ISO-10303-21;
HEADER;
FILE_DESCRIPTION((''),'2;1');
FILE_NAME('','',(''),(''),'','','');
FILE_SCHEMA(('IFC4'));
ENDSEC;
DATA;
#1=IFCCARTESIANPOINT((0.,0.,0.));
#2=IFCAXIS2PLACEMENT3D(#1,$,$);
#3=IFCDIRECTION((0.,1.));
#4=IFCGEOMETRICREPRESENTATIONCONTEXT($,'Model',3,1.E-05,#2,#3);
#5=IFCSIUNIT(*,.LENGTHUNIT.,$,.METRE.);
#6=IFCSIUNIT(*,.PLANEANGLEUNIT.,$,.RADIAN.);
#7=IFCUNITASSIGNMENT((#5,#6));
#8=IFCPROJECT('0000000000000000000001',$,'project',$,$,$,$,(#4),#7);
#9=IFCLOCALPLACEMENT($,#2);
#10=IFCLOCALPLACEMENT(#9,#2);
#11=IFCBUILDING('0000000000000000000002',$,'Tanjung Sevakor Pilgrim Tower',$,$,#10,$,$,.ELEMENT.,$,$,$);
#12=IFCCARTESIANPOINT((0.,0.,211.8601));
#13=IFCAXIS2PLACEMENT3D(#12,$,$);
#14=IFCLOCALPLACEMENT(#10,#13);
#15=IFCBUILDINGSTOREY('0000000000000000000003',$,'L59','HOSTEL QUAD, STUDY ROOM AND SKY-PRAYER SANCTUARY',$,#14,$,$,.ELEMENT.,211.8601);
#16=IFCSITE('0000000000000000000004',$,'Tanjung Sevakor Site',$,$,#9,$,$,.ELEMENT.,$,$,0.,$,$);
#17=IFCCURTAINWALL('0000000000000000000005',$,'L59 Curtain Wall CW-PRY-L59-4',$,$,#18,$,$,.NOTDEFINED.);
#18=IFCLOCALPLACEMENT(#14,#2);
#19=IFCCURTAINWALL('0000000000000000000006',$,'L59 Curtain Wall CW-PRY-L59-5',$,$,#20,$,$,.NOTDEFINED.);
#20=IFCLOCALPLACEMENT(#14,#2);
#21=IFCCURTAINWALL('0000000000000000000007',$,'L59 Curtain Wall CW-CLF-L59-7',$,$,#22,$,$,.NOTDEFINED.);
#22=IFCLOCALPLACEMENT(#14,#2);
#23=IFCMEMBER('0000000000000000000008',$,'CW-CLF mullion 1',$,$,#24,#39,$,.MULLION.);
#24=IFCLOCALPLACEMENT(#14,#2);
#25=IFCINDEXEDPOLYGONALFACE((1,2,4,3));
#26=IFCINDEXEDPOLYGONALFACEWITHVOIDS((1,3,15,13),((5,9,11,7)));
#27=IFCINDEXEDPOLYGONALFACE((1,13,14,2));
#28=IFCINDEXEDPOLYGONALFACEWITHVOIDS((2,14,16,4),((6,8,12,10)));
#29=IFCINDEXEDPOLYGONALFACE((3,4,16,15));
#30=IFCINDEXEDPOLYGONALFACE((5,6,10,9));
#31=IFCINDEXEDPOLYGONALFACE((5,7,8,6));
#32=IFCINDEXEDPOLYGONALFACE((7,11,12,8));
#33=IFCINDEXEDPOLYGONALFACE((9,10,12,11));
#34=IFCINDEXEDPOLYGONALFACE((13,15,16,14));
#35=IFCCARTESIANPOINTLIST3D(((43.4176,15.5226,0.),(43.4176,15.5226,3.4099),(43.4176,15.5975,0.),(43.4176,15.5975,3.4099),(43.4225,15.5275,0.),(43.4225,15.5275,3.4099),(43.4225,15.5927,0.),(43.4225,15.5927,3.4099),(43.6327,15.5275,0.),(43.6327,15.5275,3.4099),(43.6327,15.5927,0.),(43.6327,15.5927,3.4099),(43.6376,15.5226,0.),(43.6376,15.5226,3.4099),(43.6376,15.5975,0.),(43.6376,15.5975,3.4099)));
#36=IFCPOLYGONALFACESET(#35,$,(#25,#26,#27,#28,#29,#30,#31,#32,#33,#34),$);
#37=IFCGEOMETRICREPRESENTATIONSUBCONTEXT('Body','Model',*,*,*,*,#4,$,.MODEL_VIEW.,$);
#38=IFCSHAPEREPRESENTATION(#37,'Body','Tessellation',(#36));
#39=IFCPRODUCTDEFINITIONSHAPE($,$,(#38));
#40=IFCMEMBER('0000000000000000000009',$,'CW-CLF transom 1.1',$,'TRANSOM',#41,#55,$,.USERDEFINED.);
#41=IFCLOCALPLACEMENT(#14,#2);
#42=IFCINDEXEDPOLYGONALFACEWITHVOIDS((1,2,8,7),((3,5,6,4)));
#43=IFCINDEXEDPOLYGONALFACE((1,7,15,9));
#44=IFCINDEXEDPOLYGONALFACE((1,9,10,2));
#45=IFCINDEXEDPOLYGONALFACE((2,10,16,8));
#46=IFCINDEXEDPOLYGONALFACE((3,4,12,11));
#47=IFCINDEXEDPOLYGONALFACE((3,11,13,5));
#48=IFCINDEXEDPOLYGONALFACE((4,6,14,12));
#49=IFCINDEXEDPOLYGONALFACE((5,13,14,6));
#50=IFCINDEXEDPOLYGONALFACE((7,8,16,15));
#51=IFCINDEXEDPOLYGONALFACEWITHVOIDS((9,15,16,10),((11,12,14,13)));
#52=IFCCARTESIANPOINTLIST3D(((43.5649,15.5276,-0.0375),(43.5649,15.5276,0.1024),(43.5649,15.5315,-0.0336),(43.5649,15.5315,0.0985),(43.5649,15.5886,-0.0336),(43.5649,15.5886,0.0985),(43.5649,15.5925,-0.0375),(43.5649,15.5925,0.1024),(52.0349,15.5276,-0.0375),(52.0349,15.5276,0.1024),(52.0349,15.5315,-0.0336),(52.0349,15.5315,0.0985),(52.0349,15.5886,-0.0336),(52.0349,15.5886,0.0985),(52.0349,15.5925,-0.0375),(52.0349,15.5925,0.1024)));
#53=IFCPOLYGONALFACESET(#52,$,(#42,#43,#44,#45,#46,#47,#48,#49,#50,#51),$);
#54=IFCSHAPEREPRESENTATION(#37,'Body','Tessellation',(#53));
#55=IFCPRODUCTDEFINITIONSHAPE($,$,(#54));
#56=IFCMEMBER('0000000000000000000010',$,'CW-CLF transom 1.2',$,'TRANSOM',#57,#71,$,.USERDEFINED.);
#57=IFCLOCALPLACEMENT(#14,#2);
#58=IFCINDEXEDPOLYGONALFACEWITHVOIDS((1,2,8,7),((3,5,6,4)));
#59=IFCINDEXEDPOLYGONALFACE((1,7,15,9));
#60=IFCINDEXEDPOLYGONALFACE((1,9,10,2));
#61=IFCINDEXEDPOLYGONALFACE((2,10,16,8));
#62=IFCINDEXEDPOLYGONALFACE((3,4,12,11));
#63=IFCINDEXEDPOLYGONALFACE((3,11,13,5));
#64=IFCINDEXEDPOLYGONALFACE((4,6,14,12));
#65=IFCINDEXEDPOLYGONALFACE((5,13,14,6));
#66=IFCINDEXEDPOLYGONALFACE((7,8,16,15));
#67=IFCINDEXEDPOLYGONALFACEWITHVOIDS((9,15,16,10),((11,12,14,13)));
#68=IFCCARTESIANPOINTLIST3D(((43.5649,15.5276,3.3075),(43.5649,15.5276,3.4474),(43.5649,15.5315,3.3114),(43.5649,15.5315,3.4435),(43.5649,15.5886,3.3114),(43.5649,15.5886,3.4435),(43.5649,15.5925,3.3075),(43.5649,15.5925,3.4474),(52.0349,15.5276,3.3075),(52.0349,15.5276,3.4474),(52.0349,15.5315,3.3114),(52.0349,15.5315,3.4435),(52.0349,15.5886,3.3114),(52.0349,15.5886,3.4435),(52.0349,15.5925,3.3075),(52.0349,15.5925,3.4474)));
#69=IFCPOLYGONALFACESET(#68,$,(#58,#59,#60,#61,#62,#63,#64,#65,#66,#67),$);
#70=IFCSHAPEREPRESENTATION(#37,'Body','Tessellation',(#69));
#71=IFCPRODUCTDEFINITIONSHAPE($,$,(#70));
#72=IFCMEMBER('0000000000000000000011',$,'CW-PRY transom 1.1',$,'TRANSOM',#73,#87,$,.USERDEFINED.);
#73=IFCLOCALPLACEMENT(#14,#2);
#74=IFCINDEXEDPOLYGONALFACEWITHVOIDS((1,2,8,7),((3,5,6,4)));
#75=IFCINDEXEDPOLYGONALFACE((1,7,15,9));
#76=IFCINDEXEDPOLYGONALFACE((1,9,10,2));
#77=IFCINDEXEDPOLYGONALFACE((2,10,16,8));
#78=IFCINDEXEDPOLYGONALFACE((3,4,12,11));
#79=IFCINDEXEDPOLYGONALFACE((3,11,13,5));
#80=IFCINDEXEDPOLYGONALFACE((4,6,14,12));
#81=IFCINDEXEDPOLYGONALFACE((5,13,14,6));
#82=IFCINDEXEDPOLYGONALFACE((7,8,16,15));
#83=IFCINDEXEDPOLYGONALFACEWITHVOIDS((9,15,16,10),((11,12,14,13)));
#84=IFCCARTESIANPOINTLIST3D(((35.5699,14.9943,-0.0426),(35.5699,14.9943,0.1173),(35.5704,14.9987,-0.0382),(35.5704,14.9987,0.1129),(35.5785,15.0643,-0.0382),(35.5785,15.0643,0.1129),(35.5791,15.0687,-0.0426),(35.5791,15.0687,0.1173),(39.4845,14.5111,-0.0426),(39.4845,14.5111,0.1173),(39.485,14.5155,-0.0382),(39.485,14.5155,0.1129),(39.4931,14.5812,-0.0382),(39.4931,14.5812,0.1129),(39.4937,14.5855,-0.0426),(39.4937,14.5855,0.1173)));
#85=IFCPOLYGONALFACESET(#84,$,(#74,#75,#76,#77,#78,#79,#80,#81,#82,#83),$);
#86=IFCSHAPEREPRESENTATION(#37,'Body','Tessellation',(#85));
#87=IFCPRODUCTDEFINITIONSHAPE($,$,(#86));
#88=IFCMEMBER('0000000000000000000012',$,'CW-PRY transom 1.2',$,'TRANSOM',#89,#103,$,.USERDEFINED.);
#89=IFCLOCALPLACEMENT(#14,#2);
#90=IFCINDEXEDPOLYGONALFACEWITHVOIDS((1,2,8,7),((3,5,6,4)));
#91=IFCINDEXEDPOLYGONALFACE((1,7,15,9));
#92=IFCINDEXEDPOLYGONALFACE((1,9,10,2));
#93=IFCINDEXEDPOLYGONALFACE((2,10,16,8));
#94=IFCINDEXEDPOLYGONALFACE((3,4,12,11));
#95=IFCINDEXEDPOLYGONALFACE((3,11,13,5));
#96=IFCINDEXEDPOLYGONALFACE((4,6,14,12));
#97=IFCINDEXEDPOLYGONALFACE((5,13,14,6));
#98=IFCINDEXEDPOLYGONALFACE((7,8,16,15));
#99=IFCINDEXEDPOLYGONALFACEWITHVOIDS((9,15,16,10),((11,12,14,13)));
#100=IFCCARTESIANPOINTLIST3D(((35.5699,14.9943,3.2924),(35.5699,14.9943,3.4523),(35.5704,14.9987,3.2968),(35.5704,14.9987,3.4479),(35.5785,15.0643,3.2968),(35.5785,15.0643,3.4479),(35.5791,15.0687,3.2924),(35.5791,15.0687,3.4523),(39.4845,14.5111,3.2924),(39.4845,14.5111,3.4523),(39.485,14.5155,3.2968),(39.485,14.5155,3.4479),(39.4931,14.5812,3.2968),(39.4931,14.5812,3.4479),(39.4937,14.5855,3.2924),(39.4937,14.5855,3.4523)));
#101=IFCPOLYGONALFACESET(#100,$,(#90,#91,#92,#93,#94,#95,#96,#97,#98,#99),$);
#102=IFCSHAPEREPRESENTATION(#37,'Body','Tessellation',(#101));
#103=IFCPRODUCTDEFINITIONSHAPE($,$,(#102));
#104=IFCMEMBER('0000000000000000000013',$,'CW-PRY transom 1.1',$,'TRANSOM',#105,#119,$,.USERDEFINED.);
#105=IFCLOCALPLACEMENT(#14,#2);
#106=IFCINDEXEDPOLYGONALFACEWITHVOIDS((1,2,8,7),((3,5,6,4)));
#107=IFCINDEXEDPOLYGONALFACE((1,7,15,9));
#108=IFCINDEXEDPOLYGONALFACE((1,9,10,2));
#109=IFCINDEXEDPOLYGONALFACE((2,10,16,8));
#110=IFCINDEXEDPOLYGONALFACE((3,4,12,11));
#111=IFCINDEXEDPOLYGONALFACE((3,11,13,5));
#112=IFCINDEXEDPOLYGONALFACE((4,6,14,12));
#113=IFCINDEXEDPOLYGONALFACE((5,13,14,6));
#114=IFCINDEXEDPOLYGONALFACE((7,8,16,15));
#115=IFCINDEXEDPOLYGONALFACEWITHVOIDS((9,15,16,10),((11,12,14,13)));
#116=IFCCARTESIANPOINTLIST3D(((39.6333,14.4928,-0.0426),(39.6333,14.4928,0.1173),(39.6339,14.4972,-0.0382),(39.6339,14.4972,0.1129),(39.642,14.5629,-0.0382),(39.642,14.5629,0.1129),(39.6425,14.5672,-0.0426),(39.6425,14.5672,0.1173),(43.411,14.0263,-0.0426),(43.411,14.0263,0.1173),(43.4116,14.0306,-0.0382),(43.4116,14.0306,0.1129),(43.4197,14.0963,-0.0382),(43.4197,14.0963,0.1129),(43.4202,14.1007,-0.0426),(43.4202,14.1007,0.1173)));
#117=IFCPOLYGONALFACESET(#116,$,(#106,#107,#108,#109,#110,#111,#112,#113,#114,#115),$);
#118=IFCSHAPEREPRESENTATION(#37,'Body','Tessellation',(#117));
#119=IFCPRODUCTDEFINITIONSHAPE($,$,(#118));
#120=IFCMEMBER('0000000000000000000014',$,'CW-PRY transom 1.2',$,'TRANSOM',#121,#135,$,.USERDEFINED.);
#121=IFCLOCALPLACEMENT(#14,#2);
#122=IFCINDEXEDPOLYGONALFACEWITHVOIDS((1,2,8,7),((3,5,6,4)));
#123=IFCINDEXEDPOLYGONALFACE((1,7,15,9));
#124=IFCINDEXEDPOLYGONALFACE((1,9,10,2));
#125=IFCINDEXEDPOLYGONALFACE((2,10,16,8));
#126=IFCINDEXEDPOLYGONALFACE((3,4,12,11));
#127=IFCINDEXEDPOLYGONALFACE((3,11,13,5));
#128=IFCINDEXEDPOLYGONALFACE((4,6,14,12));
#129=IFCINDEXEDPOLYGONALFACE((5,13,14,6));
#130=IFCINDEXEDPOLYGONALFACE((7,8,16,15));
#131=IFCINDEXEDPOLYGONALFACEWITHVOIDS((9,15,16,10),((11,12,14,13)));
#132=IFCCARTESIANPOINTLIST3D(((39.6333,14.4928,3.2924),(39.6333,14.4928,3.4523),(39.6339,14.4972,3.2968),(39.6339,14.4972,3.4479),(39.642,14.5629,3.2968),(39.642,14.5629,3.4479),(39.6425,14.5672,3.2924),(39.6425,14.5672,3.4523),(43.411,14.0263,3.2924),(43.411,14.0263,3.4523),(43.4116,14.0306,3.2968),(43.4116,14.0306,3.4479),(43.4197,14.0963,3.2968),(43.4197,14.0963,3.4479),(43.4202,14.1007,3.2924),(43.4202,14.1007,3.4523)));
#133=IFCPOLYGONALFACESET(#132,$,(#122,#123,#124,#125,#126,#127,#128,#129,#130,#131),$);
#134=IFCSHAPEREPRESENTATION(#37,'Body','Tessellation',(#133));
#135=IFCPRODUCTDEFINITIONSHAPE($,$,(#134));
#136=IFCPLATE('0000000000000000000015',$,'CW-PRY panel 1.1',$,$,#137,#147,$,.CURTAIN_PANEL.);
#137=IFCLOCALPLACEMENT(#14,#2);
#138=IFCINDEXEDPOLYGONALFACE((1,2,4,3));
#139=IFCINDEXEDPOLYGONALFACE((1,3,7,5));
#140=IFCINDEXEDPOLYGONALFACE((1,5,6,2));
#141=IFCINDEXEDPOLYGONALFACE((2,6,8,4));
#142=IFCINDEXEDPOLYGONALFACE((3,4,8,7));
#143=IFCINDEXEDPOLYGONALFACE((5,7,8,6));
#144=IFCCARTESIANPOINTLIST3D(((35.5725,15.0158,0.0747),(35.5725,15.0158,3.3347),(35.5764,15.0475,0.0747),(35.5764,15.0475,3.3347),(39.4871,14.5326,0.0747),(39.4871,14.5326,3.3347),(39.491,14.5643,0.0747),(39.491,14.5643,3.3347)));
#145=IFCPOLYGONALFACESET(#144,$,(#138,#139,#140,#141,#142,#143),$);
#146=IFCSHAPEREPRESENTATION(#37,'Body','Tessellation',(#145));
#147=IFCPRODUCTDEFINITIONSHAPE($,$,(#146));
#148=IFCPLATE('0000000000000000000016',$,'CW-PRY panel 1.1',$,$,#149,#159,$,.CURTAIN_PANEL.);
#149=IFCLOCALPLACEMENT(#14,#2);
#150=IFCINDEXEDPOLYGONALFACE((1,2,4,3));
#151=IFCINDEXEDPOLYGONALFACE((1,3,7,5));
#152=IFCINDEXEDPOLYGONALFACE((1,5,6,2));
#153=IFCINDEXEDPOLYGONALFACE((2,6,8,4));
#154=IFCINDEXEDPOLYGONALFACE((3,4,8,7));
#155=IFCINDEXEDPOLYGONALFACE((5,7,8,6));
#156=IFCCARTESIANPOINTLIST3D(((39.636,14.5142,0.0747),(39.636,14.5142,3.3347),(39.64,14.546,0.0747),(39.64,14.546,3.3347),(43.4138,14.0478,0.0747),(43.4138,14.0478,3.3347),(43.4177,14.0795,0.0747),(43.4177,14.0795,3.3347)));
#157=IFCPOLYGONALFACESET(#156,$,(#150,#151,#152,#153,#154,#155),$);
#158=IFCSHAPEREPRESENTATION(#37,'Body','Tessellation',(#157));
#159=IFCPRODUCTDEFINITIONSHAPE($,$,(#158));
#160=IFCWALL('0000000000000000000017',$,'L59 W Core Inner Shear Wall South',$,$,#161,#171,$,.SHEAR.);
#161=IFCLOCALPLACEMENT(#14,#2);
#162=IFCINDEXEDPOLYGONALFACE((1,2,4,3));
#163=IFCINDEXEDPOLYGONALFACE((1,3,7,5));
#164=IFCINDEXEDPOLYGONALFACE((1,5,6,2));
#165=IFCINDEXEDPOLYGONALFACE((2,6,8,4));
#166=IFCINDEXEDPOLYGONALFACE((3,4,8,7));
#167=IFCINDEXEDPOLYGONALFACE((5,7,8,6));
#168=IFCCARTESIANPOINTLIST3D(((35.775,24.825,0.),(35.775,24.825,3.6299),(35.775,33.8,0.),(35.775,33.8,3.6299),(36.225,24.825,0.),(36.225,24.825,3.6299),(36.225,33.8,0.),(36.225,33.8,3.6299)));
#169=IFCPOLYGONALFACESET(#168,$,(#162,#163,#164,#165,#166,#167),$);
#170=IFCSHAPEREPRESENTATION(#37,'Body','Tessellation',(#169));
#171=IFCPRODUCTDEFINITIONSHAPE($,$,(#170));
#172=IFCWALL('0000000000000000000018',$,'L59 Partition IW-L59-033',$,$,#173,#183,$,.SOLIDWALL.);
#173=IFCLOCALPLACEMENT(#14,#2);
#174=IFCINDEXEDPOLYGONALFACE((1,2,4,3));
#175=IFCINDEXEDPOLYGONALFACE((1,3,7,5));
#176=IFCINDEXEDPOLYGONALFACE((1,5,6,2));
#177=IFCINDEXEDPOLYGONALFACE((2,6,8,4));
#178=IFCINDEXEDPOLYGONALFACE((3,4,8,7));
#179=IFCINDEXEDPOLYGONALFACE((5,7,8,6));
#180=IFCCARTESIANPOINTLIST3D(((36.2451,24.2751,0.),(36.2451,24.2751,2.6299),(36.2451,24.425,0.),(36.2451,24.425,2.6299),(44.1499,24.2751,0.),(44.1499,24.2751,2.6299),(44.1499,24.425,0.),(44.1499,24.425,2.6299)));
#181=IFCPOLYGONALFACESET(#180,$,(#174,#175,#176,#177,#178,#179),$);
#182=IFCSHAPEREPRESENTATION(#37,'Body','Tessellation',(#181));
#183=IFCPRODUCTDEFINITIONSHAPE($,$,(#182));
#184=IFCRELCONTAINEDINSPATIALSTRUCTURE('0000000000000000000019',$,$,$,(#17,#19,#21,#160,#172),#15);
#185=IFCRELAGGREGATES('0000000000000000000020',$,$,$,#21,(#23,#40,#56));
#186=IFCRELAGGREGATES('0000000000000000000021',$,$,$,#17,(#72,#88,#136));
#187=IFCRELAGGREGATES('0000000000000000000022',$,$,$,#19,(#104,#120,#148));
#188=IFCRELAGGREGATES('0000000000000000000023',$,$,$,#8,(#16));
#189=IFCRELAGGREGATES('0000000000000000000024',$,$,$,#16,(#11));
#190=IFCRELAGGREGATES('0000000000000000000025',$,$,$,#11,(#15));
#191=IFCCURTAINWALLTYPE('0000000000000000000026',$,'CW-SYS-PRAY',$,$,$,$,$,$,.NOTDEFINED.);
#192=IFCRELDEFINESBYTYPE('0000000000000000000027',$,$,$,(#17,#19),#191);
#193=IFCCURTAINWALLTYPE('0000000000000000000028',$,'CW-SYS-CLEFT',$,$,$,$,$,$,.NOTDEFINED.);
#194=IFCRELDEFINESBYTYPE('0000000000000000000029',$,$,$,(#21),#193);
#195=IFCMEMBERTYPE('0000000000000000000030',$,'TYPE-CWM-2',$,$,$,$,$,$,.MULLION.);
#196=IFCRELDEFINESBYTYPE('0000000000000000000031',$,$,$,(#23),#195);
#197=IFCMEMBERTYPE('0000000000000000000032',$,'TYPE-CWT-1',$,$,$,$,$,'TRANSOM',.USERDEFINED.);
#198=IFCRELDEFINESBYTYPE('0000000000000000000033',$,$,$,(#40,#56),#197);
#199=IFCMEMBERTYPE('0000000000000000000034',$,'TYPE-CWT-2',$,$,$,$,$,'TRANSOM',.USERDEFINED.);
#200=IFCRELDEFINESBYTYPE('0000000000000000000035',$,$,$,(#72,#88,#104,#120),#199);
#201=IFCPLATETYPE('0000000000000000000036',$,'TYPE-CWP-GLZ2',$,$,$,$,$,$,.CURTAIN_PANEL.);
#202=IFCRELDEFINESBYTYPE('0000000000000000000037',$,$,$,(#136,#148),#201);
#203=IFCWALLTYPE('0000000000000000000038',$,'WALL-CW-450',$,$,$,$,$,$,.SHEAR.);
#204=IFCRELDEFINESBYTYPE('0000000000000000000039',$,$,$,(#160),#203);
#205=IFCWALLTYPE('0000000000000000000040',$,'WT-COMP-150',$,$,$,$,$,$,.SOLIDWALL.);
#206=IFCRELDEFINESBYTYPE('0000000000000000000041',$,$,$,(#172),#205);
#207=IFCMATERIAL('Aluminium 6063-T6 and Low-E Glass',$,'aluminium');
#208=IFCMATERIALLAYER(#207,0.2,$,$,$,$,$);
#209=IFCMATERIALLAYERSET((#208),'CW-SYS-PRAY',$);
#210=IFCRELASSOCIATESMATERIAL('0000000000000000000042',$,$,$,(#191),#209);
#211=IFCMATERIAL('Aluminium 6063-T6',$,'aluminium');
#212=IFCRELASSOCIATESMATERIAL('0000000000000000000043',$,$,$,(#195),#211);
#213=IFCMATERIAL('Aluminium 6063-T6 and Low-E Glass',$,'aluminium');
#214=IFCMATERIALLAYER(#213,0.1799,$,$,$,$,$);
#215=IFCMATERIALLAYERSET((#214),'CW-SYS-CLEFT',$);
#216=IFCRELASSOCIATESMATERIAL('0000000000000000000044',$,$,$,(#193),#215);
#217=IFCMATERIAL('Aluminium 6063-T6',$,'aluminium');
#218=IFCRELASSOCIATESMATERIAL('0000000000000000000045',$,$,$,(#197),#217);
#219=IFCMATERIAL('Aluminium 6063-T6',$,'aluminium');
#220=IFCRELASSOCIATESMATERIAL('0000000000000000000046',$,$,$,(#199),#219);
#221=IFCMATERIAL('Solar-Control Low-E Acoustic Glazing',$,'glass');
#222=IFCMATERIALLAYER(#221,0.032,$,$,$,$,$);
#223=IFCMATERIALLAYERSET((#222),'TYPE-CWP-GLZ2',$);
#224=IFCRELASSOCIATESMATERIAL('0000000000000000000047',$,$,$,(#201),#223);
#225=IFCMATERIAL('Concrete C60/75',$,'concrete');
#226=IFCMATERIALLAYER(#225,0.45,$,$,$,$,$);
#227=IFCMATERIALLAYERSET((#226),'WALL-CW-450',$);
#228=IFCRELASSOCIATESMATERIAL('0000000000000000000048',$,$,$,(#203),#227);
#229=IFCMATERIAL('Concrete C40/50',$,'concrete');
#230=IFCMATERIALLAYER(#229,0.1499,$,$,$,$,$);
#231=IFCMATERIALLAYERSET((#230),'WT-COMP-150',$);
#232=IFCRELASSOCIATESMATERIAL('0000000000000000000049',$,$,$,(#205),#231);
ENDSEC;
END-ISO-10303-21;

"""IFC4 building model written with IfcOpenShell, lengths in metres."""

from ifc_helpers import new_model, si_unit, direction, frame, frame_2d, origin, origin_2d, place, context, subcontext, project, spatial, rectangle, hollow_rectangle, extrude, material, layer, layer_set, material_profile, profile_set, type_object, element, aggregate, save


model = new_model("IFC4")

# Units and contexts
model_context = context("Model", 3, precision=1e-05, world=origin(), true_north=direction((0.0, 1.0)))
body_context = subcontext(model_context, "Body", "Model", "MODEL_VIEW")
ifc_project = project(units=[si_unit("LENGTHUNIT", "METRE"), si_unit("PLANEANGLEUNIT", "RADIAN")], contexts=[model_context])

# Site, building, storey
site_placement = place(None, origin())
site = spatial("IfcSite", under=ifc_project, at=site_placement, Name="Tanjung Sevakor Site", CompositionType="ELEMENT", RefElevation=0.0)
building_placement = place(site_placement, origin())
building = spatial("IfcBuilding", under=site, at=building_placement, Name="Tanjung Sevakor Pilgrim Tower", CompositionType="ELEMENT")
storey_placement = place(building_placement, frame((0.0, 0.0, 211.8601)))
storey = spatial("IfcBuildingStorey", under=building, at=storey_placement, Name="L59", Description="HOSTEL QUAD, STUDY ROOM AND SKY-PRAYER SANCTUARY", CompositionType="ELEMENT", Elevation=211.8601)

# Curtain wall
ifc_material_1 = material(Name="Aluminium 6063-T6 and Low-E Glass", Category="aluminium")
ifc_layer_1 = layer(ifc_material_1, 0.2)
ifc_layer_set_1 = layer_set([ifc_layer_1], Name="CW-SYS-PRAY")
curtain_wall_type_1 = type_object("IfcCurtainWallType", Name="CW-SYS-PRAY", PredefinedType="NOTDEFINED", material=ifc_layer_set_1)
curtain_wall_1_placement = place(storey_placement, origin())
curtain_wall_1 = element("IfcCurtainWall", 1, at=curtain_wall_1_placement, inside=storey, type_object=curtain_wall_type_1, Name="L59 Curtain Wall CW-PRY-L59-4", PredefinedType="NOTDEFINED")
ifc_material_2 = material(Name="Aluminium 6063-T6", Category="aluminium")
ifc_material_profile_1 = material_profile(ifc_material_2, hollow_rectangle(XDim=0.075, YDim=0.22, WallThickness=0.0049, at=origin_2d()))
ifc_profile_set_1 = profile_set([ifc_material_profile_1], Name="Aluminium 6063-T6")
member_type_1 = type_object("IfcMemberType", Name="TYPE-CWM-2", PredefinedType="MULLION", material=ifc_profile_set_1)

# Curtain walls, members
curtain_wall_2_placement = place(storey_placement, origin())
curtain_wall_2 = element("IfcCurtainWall", 2, at=curtain_wall_2_placement, inside=storey, type_object=curtain_wall_type_1, Name="L59 Curtain Wall CW-PRY-L59-5", PredefinedType="NOTDEFINED")
ifc_material_3 = material(Name="Aluminium 6063-T6 and Low-E Glass", Category="aluminium")
ifc_layer_2 = layer(ifc_material_3, 0.1799)
ifc_layer_set_2 = layer_set([ifc_layer_2], Name="CW-SYS-CLEFT")
curtain_wall_type_2 = type_object("IfcCurtainWallType", Name="CW-SYS-CLEFT", PredefinedType="NOTDEFINED", material=ifc_layer_set_2)
curtain_wall_3_placement = place(storey_placement, origin())
curtain_wall_3 = element("IfcCurtainWall", 3, at=curtain_wall_3_placement, inside=storey, type_object=curtain_wall_type_2, Name="L59 Curtain Wall CW-CLF-L59-7", PredefinedType="NOTDEFINED")
member_1_placement = place(storey_placement, frame((43.5276, 15.5601, 0.0), z_axis=(0.0, 0.0, 1.0), x_axis=(0.0, 1.0, 0.0)))
member_1 = element("IfcMember", 4, at=member_1_placement, type_object=member_type_1, Name="CW-CLF mullion 1", PredefinedType="MULLION", context=body_context, shape_type="SweptSolid", body=[
    extrude(hollow_rectangle(XDim=0.075, YDim=0.22, WallThickness=0.0049, at=origin_2d()), origin(), (0.0, 0.0, 1.0), 3.4099),
])
ifc_material_4 = material(Name="Aluminium 6063-T6", Category="aluminium")
ifc_material_profile_2 = material_profile(ifc_material_4, hollow_rectangle(XDim=0.0649, YDim=0.1399, WallThickness=0.0039, at=origin_2d()))
ifc_profile_set_2 = profile_set([ifc_material_profile_2], Name="Aluminium 6063-T6")
member_type_2 = type_object("IfcMemberType", Name="TYPE-CWT-1", ElementType="TRANSOM", PredefinedType="USERDEFINED", material=ifc_profile_set_2)
member_2_placement = place(storey_placement, frame((43.5649, 15.5601, 0.0325), z_axis=(1.0, 0.0, 0.0), x_axis=(0.0, 1.0, 0.0)))
member_2 = element("IfcMember", 5, at=member_2_placement, type_object=member_type_2, Name="CW-CLF transom 1.1", ObjectType="TRANSOM", PredefinedType="USERDEFINED", context=body_context, shape_type="SweptSolid", body=[
    extrude(hollow_rectangle(XDim=0.0649, YDim=0.1399, WallThickness=0.0039, at=origin_2d()), origin(), (0.0, 0.0, 1.0), 8.47),
])
member_3_placement = place(storey_placement, frame((43.5649, 15.5601, 3.3774), z_axis=(1.0, 0.0, 0.0), x_axis=(0.0, 1.0, 0.0)))
member_3 = element("IfcMember", 6, at=member_3_placement, type_object=member_type_2, Name="CW-CLF transom 1.2", ObjectType="TRANSOM", PredefinedType="USERDEFINED", context=body_context, shape_type="SweptSolid", body=[
    extrude(hollow_rectangle(XDim=0.0649, YDim=0.1399, WallThickness=0.0039, at=origin_2d()), origin(), (0.0, 0.0, 1.0), 8.47),
])
aggregate(curtain_wall_3, [member_1, member_2, member_3])

# Members
ifc_material_5 = material(Name="Aluminium 6063-T6", Category="aluminium")
ifc_material_profile_3 = material_profile(ifc_material_5, hollow_rectangle(XDim=0.075, YDim=0.1599, WallThickness=0.0044, at=origin_2d()))
ifc_profile_set_3 = profile_set([ifc_material_profile_3], Name="Aluminium 6063-T6")
member_type_3 = type_object("IfcMemberType", Name="TYPE-CWT-2", ElementType="TRANSOM", PredefinedType="USERDEFINED", material=ifc_profile_set_3)
member_4_placement = place(storey_placement, frame((35.5745, 15.0315, 0.0374), z_axis=(0.992469, -0.122496, 0.0), x_axis=(0.122496, 0.992469, 0.0)))
member_4 = element("IfcMember", 7, at=member_4_placement, type_object=member_type_3, Name="CW-PRY transom 1.1", ObjectType="TRANSOM", PredefinedType="USERDEFINED", context=body_context, shape_type="SweptSolid", body=[
    extrude(hollow_rectangle(XDim=0.075, YDim=0.1599, WallThickness=0.0044, at=origin_2d()), origin(), (0.0, 0.0, 1.0), 3.9443),
])
member_5_placement = place(storey_placement, frame((35.5745, 15.0315, 3.3723), z_axis=(0.992469, -0.122496, 0.0), x_axis=(0.122496, 0.992469, 0.0)))
member_5 = element("IfcMember", 8, at=member_5_placement, type_object=member_type_3, Name="CW-PRY transom 1.2", ObjectType="TRANSOM", PredefinedType="USERDEFINED", context=body_context, shape_type="SweptSolid", body=[
    extrude(hollow_rectangle(XDim=0.075, YDim=0.1599, WallThickness=0.0044, at=origin_2d()), origin(), (0.0, 0.0, 1.0), 3.9443),
])
member_6_placement = place(storey_placement, frame((39.6379, 14.53, 0.0374), z_axis=(0.992459, -0.122574, 0.0), x_axis=(0.122574, 0.992459, 0.0)))
member_6 = element("IfcMember", 9, at=member_6_placement, type_object=member_type_3, Name="CW-PRY transom 1.1", ObjectType="TRANSOM", PredefinedType="USERDEFINED", context=body_context, shape_type="SweptSolid", body=[
    extrude(hollow_rectangle(XDim=0.075, YDim=0.1599, WallThickness=0.0044, at=origin_2d()), origin(), (0.0, 0.0, 1.0), 3.8064),
])
member_7_placement = place(storey_placement, frame((39.6379, 14.53, 3.3723), z_axis=(0.992459, -0.122574, 0.0), x_axis=(0.122574, 0.992459, 0.0)))
member_7 = element("IfcMember", 10, at=member_7_placement, type_object=member_type_3, Name="CW-PRY transom 1.2", ObjectType="TRANSOM", PredefinedType="USERDEFINED", context=body_context, shape_type="SweptSolid", body=[
    extrude(hollow_rectangle(XDim=0.075, YDim=0.1599, WallThickness=0.0044, at=origin_2d()), origin(), (0.0, 0.0, 1.0), 3.8064),
])

# Plates
ifc_material_6 = material(Name="Solar-Control Low-E Acoustic Glazing", Category="glass")
ifc_layer_3 = layer(ifc_material_6, 0.032)
ifc_layer_set_3 = layer_set([ifc_layer_3], Name="TYPE-CWP-GLZ2")
plate_type = type_object("IfcPlateType", Name="TYPE-CWP-GLZ2", PredefinedType="CURTAIN_PANEL", material=ifc_layer_set_3)
plate_1_placement = place(storey_placement, frame((37.5317, 14.79, 0.0747), z_axis=(0.0, 0.0, 1.0), x_axis=(0.992467, -0.122511, 0.0)))
plate_1 = element("IfcPlate", 11, at=plate_1_placement, type_object=plate_type, Name="CW-PRY panel 1.1", PredefinedType="CURTAIN_PANEL", context=body_context, shape_type="SweptSolid", body=[
    extrude(rectangle(XDim=3.9443, YDim=0.032, at=origin_2d()), origin(), (0.0, 0.0, 1.0), 3.26),
])
aggregate(curtain_wall_1, [member_4, member_5, plate_1])
plate_2_placement = place(storey_placement, frame((41.5269, 14.2969, 0.0747), z_axis=(0.0, 0.0, 1.0), x_axis=(0.992464, -0.122538, 0.0)))
plate_2 = element("IfcPlate", 12, at=plate_2_placement, type_object=plate_type, Name="CW-PRY panel 1.1", PredefinedType="CURTAIN_PANEL", context=body_context, shape_type="SweptSolid", body=[
    extrude(rectangle(XDim=3.8064, YDim=0.032, at=origin_2d()), origin(), (0.0, 0.0, 1.0), 3.26),
])
aggregate(curtain_wall_2, [member_6, member_7, plate_2])

# Walls
ifc_material_7 = material(Name="Concrete C60/75", Category="concrete")
ifc_layer_4 = layer(ifc_material_7, 0.45)
ifc_layer_set_4 = layer_set([ifc_layer_4], Name="WALL-CW-450")
wall_type_1 = type_object("IfcWallType", Name="WALL-CW-450", PredefinedType="SHEAR", material=ifc_layer_set_4)
wall_1_placement = place(storey_placement, frame((36.0, 24.825, 0.0), z_axis=(0.0, 0.0, 1.0), x_axis=(0.0, 1.0, 0.0)))
element("IfcWall", 13, at=wall_1_placement, inside=storey, type_object=wall_type_1, Name="L59 W Core Inner Shear Wall South", PredefinedType="SHEAR", context=body_context, shape_type="SweptSolid", body=[
    extrude(rectangle(XDim=8.9751, YDim=0.45, at=frame_2d((4.4875, 0.0))), origin(), (0.0, 0.0, 1.0), 3.6299),
])
ifc_material_8 = material(Name="Concrete C40/50", Category="concrete")
ifc_layer_5 = layer(ifc_material_8, 0.1499)
ifc_layer_set_5 = layer_set([ifc_layer_5], Name="WT-COMP-150")
wall_type_2 = type_object("IfcWallType", Name="WT-COMP-150", PredefinedType="SOLIDWALL", material=ifc_layer_set_5)
wall_2_placement = place(storey_placement, frame((36.2451, 24.3501, 0.0), z_axis=(0.0, 0.0, 1.0), x_axis=(1.0, 0.0, 0.0)))
element("IfcWall", 14, at=wall_2_placement, inside=storey, type_object=wall_type_2, Name="L59 Partition IW-L59-033", PredefinedType="SOLIDWALL", context=body_context, shape_type="SweptSolid", body=[
    extrude(rectangle(XDim=7.9048, YDim=0.1499, at=frame_2d((3.9524, 0.0))), origin(), (0.0, 0.0, 1.0), 2.6299),
])

save(model, "model.ifc")
